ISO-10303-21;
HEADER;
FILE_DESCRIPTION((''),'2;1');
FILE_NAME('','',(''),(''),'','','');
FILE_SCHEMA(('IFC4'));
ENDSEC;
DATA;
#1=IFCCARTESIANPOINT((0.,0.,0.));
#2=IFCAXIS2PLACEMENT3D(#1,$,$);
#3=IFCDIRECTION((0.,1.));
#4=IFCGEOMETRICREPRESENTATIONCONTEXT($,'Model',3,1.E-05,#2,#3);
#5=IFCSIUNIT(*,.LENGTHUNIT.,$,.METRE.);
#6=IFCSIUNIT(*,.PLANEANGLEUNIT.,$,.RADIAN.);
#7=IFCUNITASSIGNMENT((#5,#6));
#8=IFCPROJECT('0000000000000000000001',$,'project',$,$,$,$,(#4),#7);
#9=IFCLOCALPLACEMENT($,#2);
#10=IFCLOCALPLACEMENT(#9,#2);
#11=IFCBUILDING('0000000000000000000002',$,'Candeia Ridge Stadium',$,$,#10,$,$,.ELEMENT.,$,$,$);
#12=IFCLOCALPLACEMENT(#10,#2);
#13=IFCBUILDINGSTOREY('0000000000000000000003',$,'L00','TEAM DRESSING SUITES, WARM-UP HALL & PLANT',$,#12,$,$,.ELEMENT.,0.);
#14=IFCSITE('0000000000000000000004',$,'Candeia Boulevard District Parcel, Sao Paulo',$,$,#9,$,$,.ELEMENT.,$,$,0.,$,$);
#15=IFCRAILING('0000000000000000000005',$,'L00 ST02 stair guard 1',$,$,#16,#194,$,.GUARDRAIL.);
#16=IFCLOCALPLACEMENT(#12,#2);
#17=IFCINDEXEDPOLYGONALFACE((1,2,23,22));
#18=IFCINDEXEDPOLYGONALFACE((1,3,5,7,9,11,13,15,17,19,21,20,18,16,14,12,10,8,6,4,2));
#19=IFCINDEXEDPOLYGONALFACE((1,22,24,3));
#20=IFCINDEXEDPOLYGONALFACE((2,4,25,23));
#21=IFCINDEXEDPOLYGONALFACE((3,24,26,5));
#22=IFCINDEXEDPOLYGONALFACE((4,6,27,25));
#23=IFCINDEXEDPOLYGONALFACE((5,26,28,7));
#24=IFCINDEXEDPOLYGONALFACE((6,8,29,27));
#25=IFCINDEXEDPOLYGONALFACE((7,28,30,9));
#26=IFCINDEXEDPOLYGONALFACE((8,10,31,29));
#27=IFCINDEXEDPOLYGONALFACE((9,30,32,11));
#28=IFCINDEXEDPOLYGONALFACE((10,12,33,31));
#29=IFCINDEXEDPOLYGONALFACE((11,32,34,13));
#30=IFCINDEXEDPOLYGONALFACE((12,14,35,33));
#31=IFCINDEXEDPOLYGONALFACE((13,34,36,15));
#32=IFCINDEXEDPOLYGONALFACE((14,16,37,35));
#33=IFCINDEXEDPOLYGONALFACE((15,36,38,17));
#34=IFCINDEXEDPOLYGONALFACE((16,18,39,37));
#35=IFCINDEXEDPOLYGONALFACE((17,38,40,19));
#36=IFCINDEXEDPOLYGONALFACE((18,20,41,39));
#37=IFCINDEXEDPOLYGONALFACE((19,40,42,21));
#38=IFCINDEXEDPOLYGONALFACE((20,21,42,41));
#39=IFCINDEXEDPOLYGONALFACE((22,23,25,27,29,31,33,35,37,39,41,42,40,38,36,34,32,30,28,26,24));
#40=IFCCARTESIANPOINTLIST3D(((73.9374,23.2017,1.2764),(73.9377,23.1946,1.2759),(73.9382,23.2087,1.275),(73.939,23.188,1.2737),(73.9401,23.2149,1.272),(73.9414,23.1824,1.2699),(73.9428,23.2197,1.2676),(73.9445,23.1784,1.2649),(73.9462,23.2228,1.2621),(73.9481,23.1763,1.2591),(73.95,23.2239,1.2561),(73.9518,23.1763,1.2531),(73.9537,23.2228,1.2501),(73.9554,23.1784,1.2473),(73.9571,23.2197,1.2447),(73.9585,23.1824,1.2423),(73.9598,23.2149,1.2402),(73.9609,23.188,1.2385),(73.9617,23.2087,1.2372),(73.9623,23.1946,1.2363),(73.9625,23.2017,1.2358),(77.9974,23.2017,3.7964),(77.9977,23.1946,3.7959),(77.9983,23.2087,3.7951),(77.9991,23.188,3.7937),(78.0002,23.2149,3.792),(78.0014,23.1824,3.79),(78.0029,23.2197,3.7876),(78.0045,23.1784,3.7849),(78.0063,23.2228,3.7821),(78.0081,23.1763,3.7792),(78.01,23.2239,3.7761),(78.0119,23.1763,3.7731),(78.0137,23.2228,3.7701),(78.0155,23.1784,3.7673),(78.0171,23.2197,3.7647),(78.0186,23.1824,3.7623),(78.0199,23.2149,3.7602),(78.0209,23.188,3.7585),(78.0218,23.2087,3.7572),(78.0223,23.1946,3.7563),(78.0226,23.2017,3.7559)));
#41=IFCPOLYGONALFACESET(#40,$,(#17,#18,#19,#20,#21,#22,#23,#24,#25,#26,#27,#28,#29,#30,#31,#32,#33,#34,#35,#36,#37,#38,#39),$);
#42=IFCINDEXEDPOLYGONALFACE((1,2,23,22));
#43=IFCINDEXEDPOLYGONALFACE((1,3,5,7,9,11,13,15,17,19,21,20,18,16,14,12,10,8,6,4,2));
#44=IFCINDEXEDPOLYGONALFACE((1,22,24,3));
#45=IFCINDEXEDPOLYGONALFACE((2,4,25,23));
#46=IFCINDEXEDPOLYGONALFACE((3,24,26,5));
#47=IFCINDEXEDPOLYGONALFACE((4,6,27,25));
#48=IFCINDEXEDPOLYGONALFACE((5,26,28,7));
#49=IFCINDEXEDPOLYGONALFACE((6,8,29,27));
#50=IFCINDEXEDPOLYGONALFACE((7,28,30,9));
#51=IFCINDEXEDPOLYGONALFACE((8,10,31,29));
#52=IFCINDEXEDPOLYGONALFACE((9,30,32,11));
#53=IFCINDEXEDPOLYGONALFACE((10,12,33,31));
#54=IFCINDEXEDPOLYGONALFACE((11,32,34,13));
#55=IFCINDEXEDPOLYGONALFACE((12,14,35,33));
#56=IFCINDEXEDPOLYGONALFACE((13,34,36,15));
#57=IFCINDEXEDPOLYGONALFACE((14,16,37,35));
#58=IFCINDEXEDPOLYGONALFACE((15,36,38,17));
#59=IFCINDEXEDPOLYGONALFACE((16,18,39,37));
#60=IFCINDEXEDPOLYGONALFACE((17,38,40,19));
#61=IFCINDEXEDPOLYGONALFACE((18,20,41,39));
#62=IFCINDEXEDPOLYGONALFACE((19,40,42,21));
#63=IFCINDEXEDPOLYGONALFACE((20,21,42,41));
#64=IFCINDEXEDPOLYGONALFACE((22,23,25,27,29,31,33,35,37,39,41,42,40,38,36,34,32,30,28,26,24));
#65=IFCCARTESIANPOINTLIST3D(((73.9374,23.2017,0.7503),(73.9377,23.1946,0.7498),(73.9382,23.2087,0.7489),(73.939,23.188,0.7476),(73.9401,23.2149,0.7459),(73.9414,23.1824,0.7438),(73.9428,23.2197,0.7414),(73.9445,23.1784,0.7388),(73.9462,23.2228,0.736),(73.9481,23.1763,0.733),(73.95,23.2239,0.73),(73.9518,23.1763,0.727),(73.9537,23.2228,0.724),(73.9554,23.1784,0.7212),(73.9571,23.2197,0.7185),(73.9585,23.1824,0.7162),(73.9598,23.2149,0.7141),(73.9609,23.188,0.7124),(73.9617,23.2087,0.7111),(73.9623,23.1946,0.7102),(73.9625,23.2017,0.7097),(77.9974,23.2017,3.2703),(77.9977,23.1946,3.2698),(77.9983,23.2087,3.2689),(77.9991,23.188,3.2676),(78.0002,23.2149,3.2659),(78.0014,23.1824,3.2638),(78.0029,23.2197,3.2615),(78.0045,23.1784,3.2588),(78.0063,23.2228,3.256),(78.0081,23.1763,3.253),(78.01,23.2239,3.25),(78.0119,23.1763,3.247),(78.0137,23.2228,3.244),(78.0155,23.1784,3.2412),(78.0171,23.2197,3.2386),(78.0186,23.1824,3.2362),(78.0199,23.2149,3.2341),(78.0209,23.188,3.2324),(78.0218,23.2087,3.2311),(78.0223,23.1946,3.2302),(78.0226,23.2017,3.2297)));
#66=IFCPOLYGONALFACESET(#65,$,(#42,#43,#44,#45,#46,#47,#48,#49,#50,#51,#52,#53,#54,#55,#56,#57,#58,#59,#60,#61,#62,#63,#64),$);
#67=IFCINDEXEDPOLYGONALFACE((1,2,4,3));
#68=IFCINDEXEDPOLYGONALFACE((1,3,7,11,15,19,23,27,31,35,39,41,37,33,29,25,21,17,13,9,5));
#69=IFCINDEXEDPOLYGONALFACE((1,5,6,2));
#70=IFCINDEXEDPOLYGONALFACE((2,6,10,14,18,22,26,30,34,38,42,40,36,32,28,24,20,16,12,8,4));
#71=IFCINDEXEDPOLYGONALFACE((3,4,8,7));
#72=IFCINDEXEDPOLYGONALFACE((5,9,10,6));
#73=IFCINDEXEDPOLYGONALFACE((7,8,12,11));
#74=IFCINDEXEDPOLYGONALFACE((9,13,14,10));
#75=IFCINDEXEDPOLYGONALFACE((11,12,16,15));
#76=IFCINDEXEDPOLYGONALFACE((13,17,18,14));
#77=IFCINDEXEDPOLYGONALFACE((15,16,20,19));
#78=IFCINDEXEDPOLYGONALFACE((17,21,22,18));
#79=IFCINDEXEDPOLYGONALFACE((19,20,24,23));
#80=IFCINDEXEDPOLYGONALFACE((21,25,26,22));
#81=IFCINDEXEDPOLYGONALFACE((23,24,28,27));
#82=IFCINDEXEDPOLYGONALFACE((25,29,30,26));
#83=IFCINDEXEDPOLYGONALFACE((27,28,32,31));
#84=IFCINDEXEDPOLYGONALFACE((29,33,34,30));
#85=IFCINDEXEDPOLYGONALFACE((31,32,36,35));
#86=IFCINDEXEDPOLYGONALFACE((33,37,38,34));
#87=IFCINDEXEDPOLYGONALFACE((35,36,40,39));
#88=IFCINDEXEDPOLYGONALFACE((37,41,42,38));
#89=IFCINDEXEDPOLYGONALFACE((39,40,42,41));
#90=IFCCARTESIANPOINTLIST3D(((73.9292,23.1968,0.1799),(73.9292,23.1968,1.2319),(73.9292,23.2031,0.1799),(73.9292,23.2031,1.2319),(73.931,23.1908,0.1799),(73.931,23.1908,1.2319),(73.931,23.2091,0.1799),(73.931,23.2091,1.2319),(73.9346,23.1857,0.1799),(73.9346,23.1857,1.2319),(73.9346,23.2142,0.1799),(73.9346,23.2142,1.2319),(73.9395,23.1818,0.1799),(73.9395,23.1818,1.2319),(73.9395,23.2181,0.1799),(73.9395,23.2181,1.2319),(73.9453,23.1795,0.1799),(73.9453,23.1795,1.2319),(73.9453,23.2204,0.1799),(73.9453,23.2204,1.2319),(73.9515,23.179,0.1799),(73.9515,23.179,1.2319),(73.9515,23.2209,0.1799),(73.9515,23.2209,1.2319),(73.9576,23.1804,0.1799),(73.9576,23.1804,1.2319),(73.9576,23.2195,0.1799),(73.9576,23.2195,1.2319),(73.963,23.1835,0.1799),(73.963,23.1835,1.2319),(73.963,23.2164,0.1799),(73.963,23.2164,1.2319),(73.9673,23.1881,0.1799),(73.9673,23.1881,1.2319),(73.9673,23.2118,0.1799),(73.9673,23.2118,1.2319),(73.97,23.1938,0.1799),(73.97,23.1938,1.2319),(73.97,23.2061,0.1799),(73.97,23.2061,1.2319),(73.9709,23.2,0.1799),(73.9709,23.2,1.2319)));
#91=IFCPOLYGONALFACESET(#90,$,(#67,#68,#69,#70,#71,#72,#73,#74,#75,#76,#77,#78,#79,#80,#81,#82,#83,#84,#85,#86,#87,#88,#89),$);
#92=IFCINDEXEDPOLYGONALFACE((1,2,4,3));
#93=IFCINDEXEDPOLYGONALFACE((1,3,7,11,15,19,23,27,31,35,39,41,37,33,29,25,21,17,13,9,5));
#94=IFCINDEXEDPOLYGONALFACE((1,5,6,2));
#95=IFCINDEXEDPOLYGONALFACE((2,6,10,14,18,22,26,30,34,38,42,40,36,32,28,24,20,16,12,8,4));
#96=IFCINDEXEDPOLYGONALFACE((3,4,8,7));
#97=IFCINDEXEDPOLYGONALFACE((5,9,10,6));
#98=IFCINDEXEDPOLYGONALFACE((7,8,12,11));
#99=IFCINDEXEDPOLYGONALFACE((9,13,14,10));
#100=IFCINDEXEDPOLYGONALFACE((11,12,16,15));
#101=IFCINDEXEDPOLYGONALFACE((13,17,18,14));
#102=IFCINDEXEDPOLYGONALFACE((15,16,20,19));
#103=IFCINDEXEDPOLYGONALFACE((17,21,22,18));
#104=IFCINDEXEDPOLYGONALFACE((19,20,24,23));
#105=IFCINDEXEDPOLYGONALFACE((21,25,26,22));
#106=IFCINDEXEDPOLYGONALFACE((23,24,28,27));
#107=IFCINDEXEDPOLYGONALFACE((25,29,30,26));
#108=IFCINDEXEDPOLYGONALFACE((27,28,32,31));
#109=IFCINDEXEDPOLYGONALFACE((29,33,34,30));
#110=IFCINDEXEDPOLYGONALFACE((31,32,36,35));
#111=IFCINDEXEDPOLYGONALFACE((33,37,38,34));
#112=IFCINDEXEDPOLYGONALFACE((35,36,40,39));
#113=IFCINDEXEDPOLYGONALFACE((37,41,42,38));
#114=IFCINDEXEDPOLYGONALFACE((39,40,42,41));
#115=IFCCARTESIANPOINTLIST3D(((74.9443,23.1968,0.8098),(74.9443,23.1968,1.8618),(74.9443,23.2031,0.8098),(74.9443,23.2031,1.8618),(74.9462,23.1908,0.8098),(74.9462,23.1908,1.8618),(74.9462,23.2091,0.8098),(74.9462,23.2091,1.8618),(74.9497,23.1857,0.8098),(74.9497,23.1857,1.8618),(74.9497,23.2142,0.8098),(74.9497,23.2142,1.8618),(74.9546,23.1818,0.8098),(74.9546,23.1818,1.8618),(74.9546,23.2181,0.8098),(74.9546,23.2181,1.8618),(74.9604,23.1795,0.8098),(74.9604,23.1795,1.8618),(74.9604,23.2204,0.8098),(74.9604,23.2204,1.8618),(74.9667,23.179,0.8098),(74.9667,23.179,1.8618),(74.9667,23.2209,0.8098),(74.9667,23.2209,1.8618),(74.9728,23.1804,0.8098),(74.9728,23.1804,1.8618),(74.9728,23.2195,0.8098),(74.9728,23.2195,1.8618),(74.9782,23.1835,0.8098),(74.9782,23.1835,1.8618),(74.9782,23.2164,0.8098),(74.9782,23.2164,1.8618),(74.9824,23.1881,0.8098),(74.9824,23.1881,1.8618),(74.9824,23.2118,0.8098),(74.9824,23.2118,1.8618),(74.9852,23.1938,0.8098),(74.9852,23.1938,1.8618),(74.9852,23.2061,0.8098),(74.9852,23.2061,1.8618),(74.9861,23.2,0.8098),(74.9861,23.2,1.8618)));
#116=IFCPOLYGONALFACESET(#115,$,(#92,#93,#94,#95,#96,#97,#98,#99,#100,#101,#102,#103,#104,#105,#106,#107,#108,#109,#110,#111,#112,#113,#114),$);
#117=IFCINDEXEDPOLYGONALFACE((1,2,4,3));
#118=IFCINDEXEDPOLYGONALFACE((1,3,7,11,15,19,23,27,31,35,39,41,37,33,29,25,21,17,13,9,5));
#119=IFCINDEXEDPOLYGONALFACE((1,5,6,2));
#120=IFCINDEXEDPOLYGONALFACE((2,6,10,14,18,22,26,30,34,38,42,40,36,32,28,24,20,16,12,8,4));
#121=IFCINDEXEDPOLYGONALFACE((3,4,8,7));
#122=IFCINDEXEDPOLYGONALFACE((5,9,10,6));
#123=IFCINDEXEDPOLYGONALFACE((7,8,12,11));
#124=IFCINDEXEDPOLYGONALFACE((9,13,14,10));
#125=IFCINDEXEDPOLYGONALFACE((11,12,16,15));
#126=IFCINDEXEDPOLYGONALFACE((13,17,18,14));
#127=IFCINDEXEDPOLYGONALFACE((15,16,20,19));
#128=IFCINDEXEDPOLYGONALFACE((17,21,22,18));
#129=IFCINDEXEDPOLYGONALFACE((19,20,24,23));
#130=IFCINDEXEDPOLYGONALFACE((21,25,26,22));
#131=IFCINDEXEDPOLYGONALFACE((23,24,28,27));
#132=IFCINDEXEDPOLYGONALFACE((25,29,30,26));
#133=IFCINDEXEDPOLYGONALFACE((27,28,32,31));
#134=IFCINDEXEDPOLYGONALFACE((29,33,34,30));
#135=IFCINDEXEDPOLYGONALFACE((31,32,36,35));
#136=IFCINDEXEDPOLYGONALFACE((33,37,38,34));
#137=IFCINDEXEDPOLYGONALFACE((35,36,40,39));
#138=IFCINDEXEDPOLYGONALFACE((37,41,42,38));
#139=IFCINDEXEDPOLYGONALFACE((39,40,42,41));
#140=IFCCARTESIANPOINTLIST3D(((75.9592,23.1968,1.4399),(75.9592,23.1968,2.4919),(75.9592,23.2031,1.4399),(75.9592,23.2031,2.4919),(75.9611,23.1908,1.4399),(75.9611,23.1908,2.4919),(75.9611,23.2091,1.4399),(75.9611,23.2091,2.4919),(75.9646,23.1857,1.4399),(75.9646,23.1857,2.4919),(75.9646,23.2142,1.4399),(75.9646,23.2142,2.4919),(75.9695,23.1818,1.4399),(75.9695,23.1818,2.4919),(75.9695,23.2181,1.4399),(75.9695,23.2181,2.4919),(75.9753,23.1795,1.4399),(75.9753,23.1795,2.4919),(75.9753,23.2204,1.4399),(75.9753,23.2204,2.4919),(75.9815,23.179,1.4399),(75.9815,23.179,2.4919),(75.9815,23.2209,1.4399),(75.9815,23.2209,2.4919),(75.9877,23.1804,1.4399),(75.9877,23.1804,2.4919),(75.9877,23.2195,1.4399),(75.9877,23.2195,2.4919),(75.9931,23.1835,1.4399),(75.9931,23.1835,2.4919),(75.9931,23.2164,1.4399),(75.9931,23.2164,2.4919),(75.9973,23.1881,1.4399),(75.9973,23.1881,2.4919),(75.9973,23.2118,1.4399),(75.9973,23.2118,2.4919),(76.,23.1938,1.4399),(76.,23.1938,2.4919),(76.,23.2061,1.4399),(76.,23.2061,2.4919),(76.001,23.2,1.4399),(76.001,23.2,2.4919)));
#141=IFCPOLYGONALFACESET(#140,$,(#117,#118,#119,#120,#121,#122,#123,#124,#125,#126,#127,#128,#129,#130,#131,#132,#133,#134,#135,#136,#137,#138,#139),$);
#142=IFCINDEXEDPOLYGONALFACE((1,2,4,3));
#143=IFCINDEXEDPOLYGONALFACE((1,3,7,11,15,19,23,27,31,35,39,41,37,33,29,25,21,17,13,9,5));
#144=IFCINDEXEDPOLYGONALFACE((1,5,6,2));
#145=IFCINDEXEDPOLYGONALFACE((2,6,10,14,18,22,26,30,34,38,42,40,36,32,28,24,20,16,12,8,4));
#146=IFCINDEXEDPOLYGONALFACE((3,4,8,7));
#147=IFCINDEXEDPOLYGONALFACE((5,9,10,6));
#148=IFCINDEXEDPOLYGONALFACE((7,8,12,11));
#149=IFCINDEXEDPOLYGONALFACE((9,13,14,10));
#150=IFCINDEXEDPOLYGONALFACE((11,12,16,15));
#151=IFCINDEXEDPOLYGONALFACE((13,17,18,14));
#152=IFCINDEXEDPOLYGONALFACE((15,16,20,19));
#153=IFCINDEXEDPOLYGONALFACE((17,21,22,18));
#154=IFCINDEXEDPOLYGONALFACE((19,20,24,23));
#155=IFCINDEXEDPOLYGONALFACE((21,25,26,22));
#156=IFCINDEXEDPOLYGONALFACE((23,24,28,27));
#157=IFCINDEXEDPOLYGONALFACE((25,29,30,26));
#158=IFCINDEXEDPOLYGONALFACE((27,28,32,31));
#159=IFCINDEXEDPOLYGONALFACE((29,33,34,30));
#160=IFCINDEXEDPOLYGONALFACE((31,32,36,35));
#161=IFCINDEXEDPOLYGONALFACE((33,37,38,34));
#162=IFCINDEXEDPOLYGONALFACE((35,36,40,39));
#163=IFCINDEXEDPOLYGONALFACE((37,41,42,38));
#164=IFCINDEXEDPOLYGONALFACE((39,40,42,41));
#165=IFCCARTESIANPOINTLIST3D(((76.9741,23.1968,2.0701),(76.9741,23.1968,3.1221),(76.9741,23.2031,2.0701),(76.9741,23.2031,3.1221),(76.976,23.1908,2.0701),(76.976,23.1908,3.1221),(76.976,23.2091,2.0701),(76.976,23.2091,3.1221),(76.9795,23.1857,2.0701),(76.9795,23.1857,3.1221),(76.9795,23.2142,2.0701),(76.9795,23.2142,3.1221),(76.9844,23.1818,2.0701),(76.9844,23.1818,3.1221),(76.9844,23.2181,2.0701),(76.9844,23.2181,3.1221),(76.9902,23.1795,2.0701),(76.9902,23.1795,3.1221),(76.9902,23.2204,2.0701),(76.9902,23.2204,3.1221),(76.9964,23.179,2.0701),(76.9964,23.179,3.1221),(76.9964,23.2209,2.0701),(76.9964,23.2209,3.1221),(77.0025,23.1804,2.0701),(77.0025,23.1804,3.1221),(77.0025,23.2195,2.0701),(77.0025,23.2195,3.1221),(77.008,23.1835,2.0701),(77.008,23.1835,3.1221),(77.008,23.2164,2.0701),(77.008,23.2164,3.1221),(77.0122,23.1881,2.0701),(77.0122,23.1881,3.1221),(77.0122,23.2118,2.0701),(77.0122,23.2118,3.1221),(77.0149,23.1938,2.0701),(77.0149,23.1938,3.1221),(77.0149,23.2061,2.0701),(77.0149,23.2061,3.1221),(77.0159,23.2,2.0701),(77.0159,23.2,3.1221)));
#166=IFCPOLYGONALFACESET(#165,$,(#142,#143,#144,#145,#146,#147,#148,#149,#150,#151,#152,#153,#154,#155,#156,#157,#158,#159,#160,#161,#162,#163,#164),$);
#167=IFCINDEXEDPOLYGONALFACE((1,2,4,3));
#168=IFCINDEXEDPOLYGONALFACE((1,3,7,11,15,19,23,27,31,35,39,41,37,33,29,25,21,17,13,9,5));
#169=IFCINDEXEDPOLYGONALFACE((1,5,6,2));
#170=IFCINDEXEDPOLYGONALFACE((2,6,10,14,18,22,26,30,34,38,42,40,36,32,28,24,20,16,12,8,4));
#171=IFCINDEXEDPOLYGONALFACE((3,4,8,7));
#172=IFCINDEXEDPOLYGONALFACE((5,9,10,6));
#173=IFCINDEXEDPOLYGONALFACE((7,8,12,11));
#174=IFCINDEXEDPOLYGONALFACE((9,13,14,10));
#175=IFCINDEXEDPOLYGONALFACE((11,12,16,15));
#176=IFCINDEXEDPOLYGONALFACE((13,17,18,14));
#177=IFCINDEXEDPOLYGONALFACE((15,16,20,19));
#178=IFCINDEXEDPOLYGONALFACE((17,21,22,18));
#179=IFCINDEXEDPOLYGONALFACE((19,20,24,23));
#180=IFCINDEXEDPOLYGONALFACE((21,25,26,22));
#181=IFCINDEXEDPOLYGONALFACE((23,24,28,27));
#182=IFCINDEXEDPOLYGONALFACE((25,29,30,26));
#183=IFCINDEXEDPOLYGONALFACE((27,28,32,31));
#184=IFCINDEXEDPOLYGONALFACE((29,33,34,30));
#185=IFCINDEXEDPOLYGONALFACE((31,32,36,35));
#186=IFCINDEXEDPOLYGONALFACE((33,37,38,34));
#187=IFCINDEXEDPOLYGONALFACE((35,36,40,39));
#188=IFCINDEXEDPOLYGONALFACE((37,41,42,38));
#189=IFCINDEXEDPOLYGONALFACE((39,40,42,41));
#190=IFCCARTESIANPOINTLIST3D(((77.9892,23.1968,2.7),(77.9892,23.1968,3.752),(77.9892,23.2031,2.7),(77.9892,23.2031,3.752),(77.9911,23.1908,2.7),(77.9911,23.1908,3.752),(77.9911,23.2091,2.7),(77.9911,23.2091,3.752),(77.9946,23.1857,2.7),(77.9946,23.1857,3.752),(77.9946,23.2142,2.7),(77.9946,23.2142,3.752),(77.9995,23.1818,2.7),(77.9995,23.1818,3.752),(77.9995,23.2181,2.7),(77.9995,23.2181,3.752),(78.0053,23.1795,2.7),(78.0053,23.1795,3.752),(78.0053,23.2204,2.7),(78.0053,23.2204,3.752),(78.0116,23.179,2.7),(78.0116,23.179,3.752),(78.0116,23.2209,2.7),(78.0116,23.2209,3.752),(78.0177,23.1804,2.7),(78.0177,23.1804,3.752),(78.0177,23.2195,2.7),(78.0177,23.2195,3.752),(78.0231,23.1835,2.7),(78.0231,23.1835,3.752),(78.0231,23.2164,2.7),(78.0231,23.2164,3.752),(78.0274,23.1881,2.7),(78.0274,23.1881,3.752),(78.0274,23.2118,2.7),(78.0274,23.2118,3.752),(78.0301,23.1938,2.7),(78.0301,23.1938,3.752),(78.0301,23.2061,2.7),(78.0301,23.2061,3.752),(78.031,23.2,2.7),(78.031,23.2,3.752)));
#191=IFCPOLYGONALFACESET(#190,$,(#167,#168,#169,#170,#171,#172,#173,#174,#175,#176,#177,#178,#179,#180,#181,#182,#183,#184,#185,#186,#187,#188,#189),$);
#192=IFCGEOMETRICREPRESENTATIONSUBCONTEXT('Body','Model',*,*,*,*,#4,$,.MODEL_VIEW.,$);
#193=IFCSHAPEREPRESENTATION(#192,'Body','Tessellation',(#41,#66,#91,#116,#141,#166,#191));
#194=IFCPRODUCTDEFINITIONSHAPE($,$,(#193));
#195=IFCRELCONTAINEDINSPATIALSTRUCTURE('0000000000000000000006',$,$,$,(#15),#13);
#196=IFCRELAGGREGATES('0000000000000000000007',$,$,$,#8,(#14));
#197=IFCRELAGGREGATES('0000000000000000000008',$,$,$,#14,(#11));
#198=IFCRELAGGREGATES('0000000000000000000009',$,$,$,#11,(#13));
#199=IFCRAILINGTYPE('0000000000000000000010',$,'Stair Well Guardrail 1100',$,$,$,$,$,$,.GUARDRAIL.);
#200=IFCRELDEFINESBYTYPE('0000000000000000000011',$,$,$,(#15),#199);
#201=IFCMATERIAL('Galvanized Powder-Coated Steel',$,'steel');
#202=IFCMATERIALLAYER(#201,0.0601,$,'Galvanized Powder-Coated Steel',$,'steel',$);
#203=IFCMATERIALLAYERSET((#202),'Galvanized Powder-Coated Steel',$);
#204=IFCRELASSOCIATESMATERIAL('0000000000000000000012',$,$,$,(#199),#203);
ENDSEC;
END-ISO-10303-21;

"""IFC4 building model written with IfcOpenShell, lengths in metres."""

from ifc_helpers import new_model, si_unit, direction, frame, origin, origin_2d, place, context, subcontext, project, spatial, circle, extrude, material, layer, layer_set, type_object, element, save


model = new_model("IFC4")

# Units and contexts
model_context = context("Model", 3, precision=1e-05, world=origin(), true_north=direction((0.0, 1.0)))
body_context = subcontext(model_context, "Body", "Model", "MODEL_VIEW")
ifc_project = project(units=[si_unit("LENGTHUNIT", "METRE"), si_unit("PLANEANGLEUNIT", "RADIAN")], contexts=[model_context])

# Site, building, storey
site_placement = place(None, origin())
site = spatial("IfcSite", under=ifc_project, at=site_placement, Name="Candeia Boulevard District Parcel, Sao Paulo", CompositionType="ELEMENT", RefElevation=0.0)
building_placement = place(site_placement, origin())
building = spatial("IfcBuilding", under=site, at=building_placement, Name="Candeia Ridge Stadium", CompositionType="ELEMENT")
storey_placement = place(building_placement, origin())
storey = spatial("IfcBuildingStorey", under=building, at=storey_placement, Name="L00", Description="TEAM DRESSING SUITES, WARM-UP HALL & PLANT", CompositionType="ELEMENT", Elevation=0.0)

# Railing
ifc_material_1 = material(Name="Galvanized Powder-Coated Steel", Category="steel")
ifc_layer_1 = layer(ifc_material_1, 0.0601, Name="Galvanized Powder-Coated Steel", Category="steel")
ifc_layer_set_1 = layer_set([ifc_layer_1], Name="Galvanized Powder-Coated Steel")
railing_type_1 = type_object("IfcRailingType", Name="Stair Well Guardrail 1100", PredefinedType="GUARDRAIL", material=ifc_layer_set_1)
railing_1_placement = place(storey_placement, frame((73.95, 23.2, 0.1799)))
element("IfcRailing", 1, at=railing_1_placement, inside=storey, type_object=railing_type_1, Name="L00 ST02 stair guard 1", PredefinedType="GUARDRAIL", context=body_context, shape_type="SweptSolid", body=[
    extrude(circle(Radius=0.0239, at=origin_2d()), frame((0.0, 0.0, 1.0762), z_axis=(0.849642, 0.0, 0.52736), x_axis=(0.0, 1.0, 0.0)), (0.0, 0.0, 1.0), 4.7786),
    extrude(circle(Radius=0.0239, at=origin_2d()), frame((0.0, 0.0, 0.55), z_axis=(0.849642, 0.0, 0.52736), x_axis=(0.0, 1.0, 0.0)), (0.0, 0.0, 1.0), 4.7786),
    extrude(circle(Radius=0.021, at=origin_2d()), origin(), (0.0, 0.0, 1.0), 1.052),
    extrude(circle(Radius=0.021, at=origin_2d()), frame((1.0151, 0.0, 0.6299)), (0.0, 0.0, 1.0), 1.052),
    extrude(circle(Radius=0.021, at=origin_2d()), frame((2.03, 0.0, 1.26)), (0.0, 0.0, 1.0), 1.052),
    extrude(circle(Radius=0.021, at=origin_2d()), frame((3.0449, 0.0, 1.8901)), (0.0, 0.0, 1.0), 1.052),
    extrude(circle(Radius=0.021, at=origin_2d()), frame((4.0601, 0.0, 2.52)), (0.0, 0.0, 1.0), 1.052),
])

save(model, "model.ifc")
